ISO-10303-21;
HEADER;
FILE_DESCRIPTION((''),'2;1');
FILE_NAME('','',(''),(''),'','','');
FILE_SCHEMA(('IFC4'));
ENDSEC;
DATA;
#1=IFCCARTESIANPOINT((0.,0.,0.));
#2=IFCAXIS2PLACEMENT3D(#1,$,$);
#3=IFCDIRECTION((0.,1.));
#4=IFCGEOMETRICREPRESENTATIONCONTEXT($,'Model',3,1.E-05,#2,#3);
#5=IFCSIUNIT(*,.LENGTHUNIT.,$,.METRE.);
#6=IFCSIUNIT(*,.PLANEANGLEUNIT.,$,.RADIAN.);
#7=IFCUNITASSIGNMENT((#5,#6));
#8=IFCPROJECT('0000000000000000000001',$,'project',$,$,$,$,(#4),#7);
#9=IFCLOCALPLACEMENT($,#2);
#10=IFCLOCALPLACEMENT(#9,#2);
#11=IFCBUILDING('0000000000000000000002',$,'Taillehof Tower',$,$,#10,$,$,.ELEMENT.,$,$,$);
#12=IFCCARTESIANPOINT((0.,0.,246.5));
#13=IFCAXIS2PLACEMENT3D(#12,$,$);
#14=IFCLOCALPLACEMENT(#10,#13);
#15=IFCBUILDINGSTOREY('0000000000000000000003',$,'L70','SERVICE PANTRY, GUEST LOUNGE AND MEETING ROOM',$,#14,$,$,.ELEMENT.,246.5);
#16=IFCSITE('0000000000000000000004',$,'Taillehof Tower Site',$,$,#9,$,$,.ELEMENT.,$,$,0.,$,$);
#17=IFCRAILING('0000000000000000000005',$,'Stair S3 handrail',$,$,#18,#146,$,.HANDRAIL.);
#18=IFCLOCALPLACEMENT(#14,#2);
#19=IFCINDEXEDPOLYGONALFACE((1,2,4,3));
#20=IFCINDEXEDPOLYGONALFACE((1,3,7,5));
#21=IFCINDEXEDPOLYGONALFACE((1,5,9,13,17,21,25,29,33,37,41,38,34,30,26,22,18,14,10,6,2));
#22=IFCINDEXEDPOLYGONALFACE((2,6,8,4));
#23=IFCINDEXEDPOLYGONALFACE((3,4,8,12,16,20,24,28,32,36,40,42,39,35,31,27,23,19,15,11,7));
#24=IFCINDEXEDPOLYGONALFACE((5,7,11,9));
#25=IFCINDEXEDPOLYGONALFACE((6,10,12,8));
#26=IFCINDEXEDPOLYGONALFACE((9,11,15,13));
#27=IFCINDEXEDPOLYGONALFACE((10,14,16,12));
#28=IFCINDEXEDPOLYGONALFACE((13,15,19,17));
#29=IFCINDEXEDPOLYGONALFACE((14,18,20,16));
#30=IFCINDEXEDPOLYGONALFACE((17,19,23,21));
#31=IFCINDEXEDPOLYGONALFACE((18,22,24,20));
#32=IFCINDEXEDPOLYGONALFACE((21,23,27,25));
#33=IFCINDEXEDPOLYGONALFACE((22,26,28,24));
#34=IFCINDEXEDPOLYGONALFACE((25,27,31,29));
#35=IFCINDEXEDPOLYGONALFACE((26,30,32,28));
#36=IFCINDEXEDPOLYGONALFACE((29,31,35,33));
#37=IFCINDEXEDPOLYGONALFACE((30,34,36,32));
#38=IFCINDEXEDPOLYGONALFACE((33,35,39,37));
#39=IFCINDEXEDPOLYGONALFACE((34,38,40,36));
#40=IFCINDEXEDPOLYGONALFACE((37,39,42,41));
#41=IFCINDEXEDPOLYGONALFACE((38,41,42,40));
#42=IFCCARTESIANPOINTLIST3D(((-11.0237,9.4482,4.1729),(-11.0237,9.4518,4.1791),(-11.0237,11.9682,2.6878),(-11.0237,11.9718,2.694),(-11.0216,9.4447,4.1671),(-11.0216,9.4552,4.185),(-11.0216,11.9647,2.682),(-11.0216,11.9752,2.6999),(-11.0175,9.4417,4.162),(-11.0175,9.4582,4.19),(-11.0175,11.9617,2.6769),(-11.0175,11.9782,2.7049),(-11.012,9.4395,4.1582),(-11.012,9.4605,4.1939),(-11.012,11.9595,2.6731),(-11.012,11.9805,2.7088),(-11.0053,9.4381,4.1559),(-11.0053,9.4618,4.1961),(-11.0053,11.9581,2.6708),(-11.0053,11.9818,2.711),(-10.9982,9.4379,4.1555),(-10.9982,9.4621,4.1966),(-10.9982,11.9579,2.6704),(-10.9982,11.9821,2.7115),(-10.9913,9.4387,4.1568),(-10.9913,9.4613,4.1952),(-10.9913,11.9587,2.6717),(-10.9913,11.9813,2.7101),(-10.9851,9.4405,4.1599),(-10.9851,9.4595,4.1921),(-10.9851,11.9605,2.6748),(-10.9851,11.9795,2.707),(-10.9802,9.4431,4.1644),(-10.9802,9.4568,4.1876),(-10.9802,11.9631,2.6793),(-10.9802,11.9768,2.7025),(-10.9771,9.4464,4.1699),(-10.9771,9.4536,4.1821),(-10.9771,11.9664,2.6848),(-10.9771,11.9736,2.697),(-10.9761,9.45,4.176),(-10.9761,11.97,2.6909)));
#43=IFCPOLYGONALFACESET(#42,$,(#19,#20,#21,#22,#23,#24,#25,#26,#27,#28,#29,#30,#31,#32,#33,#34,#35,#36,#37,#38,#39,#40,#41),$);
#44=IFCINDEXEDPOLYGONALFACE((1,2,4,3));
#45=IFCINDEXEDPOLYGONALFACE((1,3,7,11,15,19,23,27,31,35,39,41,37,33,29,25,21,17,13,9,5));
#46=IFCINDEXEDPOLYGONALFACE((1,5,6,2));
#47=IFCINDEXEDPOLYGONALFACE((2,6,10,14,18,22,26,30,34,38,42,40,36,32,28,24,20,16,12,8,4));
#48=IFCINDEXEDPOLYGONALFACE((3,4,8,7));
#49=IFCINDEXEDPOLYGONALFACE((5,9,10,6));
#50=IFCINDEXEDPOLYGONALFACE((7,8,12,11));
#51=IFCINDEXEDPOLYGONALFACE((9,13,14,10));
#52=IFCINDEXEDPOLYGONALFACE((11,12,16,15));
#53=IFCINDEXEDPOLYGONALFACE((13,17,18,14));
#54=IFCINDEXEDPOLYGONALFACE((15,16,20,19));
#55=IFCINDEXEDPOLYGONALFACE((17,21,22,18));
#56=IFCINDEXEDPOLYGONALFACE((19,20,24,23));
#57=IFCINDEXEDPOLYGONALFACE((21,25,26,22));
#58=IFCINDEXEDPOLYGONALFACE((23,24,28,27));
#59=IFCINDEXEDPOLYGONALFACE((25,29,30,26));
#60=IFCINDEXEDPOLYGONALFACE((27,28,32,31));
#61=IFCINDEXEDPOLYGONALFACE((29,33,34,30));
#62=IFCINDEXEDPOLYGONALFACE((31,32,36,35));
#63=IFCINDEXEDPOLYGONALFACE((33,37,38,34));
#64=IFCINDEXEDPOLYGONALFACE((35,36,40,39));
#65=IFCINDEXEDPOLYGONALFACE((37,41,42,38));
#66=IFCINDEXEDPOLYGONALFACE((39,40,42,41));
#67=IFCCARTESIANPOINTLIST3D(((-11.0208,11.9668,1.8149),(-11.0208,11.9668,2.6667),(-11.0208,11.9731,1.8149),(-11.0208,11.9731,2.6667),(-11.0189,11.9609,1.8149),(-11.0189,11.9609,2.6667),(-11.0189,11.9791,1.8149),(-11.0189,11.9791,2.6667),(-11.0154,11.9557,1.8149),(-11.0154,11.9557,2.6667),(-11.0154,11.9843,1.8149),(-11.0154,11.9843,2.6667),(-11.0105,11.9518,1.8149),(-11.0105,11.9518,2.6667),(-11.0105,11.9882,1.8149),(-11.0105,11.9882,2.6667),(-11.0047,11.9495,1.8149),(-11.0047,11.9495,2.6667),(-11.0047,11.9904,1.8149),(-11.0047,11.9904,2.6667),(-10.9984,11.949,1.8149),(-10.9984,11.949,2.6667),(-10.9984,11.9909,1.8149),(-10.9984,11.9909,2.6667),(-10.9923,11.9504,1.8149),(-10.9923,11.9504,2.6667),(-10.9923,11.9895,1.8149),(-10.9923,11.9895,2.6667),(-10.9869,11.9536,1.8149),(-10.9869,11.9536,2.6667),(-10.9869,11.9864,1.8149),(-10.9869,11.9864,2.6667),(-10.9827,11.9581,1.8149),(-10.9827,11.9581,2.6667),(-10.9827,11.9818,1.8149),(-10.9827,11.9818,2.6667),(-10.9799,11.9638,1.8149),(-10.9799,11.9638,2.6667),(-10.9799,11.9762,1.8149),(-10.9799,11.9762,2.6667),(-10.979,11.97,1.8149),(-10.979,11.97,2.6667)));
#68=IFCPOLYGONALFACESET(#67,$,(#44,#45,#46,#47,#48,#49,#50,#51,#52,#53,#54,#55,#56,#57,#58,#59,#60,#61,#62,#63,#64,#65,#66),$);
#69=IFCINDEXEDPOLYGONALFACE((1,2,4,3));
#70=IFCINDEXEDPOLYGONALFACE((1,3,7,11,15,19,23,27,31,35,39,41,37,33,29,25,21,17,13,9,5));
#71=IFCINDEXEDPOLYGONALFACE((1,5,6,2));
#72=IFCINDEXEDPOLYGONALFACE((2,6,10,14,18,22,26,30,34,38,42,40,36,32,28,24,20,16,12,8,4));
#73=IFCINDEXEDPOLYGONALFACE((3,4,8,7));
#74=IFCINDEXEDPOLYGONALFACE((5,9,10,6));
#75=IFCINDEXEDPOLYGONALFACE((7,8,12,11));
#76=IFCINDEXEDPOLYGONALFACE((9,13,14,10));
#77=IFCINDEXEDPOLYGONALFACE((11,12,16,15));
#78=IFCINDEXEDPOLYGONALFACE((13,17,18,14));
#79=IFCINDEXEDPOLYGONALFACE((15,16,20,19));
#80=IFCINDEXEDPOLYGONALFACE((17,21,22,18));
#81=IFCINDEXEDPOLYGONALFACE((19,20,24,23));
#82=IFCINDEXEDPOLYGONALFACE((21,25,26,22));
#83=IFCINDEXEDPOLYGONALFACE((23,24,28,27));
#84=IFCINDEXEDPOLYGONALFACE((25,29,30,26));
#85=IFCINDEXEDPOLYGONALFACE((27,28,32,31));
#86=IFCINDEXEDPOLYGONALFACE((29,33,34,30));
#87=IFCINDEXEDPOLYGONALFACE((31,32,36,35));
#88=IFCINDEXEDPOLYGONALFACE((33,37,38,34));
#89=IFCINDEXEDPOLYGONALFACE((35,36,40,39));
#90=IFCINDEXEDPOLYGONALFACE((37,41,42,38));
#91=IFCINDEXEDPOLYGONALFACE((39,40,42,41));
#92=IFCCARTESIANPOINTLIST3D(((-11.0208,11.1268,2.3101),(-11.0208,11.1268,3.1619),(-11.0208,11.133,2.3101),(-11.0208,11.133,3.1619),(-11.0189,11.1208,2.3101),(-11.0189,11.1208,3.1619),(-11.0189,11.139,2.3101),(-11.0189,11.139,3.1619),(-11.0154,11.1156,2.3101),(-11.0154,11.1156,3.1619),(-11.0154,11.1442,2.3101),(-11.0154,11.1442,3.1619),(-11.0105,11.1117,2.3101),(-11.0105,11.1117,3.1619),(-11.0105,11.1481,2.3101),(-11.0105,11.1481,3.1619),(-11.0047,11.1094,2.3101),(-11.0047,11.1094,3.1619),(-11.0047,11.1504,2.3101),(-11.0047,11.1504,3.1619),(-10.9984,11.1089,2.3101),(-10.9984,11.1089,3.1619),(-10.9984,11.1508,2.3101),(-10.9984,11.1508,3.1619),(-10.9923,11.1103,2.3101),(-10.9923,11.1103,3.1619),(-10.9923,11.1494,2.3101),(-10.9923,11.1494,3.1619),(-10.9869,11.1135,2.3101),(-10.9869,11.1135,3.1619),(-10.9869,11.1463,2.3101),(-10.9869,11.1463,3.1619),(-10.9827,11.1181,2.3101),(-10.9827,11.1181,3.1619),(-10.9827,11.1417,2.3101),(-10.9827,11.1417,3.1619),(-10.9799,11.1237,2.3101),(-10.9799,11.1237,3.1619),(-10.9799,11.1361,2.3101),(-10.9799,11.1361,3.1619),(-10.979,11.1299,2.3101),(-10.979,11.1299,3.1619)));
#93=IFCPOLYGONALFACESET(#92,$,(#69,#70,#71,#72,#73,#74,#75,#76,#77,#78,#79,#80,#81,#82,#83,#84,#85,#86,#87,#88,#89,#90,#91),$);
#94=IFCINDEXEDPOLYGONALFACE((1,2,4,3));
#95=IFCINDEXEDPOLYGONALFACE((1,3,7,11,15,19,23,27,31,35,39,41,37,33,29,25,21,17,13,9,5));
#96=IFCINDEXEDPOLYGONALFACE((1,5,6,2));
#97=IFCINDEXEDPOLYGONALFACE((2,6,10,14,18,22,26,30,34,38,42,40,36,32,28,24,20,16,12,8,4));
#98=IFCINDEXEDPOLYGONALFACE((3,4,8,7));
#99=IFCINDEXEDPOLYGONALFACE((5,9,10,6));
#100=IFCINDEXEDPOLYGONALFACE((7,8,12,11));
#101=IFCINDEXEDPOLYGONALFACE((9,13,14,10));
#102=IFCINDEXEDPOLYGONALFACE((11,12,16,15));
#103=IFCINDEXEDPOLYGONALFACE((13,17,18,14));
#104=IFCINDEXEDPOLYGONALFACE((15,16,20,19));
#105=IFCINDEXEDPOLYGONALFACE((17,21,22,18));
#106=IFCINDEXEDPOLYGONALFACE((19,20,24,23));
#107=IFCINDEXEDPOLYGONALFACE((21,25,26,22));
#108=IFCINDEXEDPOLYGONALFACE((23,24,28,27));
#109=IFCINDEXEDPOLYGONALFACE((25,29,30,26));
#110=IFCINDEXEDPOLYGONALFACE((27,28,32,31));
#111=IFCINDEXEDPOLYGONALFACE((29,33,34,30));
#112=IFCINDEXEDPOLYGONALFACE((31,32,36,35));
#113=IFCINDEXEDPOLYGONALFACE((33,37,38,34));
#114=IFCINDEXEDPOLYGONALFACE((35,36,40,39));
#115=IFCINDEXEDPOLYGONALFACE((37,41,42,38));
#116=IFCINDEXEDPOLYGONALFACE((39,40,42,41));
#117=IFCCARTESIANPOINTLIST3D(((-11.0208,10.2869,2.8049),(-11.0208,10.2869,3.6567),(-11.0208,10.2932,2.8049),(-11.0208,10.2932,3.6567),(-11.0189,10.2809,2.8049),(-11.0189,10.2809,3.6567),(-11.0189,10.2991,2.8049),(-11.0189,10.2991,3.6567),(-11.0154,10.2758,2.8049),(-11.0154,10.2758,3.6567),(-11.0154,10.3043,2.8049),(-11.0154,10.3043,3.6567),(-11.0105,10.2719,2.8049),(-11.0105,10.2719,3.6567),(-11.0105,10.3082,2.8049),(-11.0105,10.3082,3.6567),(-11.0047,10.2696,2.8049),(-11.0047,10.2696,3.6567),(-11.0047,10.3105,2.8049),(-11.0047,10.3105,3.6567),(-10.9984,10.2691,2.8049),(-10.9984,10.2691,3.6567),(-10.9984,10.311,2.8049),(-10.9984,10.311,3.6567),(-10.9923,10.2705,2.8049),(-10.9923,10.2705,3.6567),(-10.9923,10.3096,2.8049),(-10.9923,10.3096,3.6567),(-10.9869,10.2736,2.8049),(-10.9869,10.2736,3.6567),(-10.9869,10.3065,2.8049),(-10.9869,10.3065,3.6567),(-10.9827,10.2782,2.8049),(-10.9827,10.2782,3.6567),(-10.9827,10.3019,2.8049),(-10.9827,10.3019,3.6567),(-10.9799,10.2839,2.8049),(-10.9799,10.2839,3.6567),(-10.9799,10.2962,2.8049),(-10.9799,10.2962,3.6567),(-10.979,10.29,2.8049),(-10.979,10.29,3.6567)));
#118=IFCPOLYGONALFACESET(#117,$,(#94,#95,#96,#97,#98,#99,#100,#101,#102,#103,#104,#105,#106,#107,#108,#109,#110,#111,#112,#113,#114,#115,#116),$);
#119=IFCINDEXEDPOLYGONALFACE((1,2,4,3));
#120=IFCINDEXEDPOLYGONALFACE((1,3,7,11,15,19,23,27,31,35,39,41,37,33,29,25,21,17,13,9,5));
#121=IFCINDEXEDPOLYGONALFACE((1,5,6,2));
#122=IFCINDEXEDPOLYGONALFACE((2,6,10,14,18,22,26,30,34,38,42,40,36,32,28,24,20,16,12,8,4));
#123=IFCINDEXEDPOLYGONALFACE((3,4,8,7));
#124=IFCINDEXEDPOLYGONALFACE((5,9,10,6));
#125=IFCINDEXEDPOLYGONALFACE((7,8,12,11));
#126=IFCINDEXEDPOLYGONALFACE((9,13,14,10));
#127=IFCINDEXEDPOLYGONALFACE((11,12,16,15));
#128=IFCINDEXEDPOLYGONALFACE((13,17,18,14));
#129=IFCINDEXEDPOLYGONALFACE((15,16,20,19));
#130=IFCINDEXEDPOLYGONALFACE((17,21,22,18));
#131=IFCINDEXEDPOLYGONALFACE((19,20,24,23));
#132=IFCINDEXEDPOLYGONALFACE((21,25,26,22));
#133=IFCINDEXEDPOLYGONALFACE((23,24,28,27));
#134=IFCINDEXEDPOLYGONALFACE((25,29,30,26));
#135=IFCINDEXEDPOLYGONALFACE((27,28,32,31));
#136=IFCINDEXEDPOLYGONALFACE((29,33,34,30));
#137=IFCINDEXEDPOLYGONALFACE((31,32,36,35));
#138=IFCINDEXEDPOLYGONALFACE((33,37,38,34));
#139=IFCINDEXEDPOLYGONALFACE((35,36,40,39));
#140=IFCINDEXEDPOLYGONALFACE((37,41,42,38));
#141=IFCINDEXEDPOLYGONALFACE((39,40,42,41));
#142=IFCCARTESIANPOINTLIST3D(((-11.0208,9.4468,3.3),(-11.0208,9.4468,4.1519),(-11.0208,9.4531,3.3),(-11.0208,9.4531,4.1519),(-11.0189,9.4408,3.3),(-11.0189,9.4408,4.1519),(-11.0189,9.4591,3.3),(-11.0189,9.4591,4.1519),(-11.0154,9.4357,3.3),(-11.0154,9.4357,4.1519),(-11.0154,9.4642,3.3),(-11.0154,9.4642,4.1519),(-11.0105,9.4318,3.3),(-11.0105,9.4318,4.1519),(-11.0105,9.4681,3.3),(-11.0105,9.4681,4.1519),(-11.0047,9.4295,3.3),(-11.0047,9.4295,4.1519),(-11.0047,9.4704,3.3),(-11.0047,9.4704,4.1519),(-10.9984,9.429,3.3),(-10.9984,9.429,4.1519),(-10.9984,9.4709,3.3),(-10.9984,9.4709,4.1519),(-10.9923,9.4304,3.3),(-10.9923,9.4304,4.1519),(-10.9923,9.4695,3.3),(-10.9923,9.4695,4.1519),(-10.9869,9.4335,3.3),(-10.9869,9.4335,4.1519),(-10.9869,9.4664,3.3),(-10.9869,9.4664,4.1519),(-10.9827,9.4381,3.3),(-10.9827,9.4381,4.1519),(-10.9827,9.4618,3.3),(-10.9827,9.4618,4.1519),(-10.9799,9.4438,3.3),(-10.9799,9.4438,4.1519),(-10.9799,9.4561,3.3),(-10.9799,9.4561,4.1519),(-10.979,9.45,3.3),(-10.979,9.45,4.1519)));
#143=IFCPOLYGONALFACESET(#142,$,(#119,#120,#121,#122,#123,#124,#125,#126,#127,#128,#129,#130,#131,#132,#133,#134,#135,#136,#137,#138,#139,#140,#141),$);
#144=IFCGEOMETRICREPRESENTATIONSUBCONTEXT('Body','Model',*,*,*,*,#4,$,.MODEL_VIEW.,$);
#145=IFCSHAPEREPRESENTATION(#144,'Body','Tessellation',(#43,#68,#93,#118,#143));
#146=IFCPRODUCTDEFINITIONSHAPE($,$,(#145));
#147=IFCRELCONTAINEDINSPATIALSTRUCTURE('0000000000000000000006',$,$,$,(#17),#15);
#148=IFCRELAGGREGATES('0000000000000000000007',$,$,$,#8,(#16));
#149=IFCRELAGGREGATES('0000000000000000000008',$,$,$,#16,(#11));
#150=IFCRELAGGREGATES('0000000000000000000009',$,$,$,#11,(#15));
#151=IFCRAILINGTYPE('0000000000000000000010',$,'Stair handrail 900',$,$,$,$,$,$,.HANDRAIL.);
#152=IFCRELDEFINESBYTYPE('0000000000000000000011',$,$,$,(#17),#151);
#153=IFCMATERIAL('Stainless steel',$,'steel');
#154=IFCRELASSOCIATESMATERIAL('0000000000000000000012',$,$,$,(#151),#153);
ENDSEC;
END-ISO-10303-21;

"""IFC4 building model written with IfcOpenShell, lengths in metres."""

from ifc_helpers import new_model, si_unit, direction, frame, origin, origin_2d, place, context, subcontext, project, spatial, circle, extrude, material, type_object, element, save


model = new_model("IFC4")

# Units and contexts
model_context = context("Model", 3, precision=1e-05, world=origin(), true_north=direction((0.0, 1.0)))
body_context = subcontext(model_context, "Body", "Model", "MODEL_VIEW")
ifc_project = project(units=[si_unit("LENGTHUNIT", "METRE"), si_unit("PLANEANGLEUNIT", "RADIAN")], contexts=[model_context])

# Site, building, storey
site_placement = place(None, origin())
site = spatial("IfcSite", under=ifc_project, at=site_placement, Name="Taillehof Tower Site", CompositionType="ELEMENT", RefElevation=0.0)
building_placement = place(site_placement, origin())
building = spatial("IfcBuilding", under=site, at=building_placement, Name="Taillehof Tower", CompositionType="ELEMENT")
storey_placement = place(building_placement, frame((0.0, 0.0, 246.5)))
storey = spatial("IfcBuildingStorey", under=building, at=storey_placement, Name="L70", Description="SERVICE PANTRY, GUEST LOUNGE AND MEETING ROOM", CompositionType="ELEMENT", Elevation=246.5)

# Railing
ifc_material_1 = material(Name="Stainless steel", Category="steel")
railing_type = type_object("IfcRailingType", Name="Stair handrail 900", PredefinedType="HANDRAIL", material=ifc_material_1)
railing_placement = place(storey_placement, frame((-11.0, 11.97, 1.8149)))
element("IfcRailing", 1, at=railing_placement, inside=storey, type_object=railing_type, Name="Stair S3 handrail", PredefinedType="HANDRAIL", context=body_context, shape_type="SweptSolid", body=[
    extrude(circle(Radius=0.0239, at=origin_2d()), frame((0.0, 0.0, 0.876), z_axis=(0.0, -0.861524, 0.507717), x_axis=(1.0, 0.0, 0.0)), (0.0, 0.0, 1.0), 2.925),
    extrude(circle(Radius=0.021, at=origin_2d()), origin(), (0.0, 0.0, 1.0), 0.8518),
    extrude(circle(Radius=0.021, at=origin_2d()), frame((0.0, -0.8401, 0.4951)), (0.0, 0.0, 1.0), 0.8518),
    extrude(circle(Radius=0.021, at=origin_2d()), frame((0.0, -1.6799, 0.99)), (0.0, 0.0, 1.0), 0.8518),
    extrude(circle(Radius=0.021, at=origin_2d()), frame((0.0, -2.52, 1.4851)), (0.0, 0.0, 1.0), 0.8518),
])

save(model, "model.ifc")
